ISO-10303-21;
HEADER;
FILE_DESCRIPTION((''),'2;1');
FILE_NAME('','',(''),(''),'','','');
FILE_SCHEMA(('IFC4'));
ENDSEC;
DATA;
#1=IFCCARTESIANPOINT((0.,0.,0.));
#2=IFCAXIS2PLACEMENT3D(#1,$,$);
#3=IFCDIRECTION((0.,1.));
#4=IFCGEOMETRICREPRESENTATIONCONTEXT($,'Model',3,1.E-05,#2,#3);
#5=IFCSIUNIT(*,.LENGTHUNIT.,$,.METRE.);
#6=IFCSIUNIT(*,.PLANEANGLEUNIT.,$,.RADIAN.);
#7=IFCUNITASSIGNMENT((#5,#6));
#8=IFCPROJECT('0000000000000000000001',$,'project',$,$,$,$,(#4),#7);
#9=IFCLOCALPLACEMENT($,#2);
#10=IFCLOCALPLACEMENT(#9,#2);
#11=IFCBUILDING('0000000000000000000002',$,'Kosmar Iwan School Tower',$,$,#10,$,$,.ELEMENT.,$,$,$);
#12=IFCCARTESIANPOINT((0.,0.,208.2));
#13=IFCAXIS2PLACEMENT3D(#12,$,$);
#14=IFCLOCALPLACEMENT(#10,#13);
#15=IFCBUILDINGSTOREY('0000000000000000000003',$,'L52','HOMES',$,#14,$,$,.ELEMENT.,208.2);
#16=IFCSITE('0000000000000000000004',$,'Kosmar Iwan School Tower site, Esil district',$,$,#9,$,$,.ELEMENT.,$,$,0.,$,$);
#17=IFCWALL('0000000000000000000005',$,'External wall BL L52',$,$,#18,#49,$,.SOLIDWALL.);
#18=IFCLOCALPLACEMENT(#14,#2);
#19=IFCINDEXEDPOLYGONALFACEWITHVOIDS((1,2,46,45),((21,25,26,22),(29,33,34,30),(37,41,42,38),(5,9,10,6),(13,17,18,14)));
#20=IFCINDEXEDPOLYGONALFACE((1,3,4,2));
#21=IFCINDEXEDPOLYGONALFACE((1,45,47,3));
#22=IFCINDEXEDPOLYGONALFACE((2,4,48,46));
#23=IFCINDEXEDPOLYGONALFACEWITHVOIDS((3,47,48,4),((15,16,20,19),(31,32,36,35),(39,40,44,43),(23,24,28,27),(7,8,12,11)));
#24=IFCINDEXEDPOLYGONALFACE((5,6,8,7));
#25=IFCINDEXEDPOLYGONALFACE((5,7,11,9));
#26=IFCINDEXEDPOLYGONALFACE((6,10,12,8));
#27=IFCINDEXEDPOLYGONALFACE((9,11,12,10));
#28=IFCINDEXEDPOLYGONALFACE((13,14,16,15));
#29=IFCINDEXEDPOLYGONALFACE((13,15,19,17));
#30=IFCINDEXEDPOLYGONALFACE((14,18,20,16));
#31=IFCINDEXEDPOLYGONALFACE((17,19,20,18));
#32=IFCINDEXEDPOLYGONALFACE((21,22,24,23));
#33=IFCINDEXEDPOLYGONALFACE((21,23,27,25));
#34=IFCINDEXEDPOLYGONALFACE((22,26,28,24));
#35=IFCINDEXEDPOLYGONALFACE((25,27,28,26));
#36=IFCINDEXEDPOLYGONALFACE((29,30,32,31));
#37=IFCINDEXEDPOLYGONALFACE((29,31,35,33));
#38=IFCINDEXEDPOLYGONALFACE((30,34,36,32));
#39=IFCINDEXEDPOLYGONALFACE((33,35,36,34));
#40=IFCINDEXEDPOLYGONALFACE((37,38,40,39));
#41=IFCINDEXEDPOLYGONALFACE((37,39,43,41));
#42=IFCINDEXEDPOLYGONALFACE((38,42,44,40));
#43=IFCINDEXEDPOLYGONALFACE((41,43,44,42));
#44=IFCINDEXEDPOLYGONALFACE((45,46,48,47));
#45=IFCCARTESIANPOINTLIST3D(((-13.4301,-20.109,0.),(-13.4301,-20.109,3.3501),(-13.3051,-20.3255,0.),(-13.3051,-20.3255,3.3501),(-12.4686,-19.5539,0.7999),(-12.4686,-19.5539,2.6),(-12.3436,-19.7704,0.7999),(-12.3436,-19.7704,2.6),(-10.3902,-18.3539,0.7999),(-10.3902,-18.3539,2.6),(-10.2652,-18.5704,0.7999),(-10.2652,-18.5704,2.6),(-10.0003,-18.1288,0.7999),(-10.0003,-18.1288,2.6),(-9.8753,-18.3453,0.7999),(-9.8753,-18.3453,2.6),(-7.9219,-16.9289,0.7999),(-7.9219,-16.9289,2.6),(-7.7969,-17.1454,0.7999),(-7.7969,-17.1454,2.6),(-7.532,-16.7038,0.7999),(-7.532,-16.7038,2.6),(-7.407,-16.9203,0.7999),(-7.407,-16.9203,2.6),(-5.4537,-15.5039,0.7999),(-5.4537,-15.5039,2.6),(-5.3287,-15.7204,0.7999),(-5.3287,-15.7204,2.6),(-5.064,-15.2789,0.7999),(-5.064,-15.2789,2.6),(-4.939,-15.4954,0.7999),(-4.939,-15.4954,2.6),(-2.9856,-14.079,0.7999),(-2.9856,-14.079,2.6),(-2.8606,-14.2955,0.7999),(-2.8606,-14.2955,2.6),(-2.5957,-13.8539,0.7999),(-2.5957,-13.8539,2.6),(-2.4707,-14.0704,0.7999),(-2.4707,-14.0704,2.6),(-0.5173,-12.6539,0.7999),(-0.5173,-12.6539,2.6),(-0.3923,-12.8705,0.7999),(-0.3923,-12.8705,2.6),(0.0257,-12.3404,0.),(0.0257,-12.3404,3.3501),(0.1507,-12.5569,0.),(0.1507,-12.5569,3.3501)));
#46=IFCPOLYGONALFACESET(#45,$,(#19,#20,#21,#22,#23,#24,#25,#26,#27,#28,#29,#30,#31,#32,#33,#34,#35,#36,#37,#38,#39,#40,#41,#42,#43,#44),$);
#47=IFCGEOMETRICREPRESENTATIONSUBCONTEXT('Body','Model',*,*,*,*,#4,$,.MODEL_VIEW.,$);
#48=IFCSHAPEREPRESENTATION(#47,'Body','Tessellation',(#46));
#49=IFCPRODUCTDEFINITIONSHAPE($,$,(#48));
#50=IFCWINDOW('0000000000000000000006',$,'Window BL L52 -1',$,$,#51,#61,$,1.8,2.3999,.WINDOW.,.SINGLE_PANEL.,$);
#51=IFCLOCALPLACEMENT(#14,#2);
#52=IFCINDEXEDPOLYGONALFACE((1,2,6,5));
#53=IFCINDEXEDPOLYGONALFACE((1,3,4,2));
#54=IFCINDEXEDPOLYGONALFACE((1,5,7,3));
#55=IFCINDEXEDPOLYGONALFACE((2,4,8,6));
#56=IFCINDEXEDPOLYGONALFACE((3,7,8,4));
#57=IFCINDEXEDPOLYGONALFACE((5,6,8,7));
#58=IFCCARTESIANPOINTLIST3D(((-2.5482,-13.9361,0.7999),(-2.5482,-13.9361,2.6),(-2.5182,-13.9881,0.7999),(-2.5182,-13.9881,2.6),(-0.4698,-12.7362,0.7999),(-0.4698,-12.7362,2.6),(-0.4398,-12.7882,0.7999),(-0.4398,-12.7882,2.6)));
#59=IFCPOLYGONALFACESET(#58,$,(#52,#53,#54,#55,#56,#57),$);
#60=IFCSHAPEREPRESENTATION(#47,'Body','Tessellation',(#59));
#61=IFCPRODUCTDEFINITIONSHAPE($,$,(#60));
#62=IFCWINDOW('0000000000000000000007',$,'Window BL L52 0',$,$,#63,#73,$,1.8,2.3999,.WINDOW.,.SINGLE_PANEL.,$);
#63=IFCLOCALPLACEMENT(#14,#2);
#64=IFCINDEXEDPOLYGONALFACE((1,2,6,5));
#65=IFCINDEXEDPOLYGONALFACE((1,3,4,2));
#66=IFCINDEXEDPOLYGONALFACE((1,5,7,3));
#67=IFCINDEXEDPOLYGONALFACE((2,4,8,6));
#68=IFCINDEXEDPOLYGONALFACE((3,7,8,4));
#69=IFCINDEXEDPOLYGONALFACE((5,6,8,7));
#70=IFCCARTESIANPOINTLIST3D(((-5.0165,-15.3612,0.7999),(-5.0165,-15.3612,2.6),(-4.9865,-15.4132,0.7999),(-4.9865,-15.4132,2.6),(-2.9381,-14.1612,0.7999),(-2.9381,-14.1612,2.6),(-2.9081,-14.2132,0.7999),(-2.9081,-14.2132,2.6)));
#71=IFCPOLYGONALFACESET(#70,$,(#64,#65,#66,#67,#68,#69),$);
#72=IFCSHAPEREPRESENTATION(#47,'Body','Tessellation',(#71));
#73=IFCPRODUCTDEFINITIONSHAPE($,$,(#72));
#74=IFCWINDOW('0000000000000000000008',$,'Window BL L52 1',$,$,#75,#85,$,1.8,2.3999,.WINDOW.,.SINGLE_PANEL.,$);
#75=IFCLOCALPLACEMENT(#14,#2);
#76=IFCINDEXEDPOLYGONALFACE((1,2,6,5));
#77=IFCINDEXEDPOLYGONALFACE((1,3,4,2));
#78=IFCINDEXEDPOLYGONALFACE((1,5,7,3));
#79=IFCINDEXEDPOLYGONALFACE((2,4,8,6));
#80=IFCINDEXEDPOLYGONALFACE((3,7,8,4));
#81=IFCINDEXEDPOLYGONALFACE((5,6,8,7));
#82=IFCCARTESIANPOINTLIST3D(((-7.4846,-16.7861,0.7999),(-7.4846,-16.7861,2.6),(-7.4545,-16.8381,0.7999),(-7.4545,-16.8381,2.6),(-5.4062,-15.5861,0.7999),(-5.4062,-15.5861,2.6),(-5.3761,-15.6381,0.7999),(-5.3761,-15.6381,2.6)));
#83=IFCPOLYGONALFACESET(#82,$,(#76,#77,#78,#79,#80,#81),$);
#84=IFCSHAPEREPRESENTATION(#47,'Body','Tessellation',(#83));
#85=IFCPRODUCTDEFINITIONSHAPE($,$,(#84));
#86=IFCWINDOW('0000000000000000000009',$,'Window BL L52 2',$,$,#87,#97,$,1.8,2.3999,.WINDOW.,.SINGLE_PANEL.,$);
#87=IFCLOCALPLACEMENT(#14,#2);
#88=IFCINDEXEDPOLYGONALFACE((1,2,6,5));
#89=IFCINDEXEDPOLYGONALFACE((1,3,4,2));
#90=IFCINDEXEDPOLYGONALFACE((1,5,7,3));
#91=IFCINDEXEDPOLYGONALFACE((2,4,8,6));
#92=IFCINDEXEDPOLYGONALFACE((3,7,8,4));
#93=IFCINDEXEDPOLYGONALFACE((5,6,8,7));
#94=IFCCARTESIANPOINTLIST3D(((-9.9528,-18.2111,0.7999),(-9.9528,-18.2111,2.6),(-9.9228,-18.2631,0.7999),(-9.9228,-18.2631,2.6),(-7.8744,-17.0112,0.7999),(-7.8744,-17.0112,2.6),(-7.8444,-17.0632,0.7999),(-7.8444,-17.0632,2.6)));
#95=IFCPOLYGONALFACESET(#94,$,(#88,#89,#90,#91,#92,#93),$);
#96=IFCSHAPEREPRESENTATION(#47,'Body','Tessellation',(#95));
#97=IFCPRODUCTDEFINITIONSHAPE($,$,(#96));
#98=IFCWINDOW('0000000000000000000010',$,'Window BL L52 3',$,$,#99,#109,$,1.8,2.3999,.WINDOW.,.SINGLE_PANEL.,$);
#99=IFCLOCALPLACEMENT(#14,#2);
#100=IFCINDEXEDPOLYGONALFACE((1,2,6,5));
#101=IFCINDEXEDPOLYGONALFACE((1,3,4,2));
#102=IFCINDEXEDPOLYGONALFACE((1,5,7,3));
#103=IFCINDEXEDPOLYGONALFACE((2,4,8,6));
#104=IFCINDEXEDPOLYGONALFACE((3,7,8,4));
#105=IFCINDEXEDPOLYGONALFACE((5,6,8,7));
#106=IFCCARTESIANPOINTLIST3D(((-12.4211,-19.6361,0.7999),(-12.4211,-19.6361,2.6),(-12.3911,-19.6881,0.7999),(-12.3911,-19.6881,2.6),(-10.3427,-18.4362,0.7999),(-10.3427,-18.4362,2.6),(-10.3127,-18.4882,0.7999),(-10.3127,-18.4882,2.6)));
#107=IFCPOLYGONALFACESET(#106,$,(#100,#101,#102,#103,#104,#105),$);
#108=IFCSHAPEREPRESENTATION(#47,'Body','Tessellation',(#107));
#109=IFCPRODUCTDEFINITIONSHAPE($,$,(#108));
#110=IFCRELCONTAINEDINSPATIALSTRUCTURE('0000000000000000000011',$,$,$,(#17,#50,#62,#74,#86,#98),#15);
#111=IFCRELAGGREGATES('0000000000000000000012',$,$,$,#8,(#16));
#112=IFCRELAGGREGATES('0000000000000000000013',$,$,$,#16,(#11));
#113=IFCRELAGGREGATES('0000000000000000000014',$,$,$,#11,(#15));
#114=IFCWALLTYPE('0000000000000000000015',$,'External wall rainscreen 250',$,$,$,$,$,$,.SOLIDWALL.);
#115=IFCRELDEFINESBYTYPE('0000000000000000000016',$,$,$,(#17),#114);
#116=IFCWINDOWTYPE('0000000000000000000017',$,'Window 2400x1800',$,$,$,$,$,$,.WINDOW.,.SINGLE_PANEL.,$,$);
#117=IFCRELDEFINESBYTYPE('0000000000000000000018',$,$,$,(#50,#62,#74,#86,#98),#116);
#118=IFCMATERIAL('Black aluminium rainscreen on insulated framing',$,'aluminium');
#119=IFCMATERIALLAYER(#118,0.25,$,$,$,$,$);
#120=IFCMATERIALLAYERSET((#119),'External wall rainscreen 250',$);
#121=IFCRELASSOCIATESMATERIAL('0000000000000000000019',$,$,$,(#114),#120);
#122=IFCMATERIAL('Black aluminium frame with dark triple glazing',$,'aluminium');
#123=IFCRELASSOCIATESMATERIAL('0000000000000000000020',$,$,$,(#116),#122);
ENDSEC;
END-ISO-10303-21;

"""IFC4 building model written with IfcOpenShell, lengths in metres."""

from ifc_helpers import new_model, si_unit, direction, frame, frame_2d, origin, place, context, subcontext, project, spatial, rectangle, extrude, material, layer, layer_set, type_object, element, fill, save


model = new_model("IFC4")

# Units and contexts
model_context = context("Model", 3, precision=1e-05, world=origin(), true_north=direction((0.0, 1.0)))
body_context = subcontext(model_context, "Body", "Model", "MODEL_VIEW")
ifc_project = project(units=[si_unit("LENGTHUNIT", "METRE"), si_unit("PLANEANGLEUNIT", "RADIAN")], contexts=[model_context])

# Site, building, storey
site_placement = place(None, origin())
site = spatial("IfcSite", under=ifc_project, at=site_placement, Name="Kosmar Iwan School Tower site, Esil district", CompositionType="ELEMENT", RefElevation=0.0)
building_placement = place(site_placement, origin())
building = spatial("IfcBuilding", under=site, at=building_placement, Name="Kosmar Iwan School Tower", CompositionType="ELEMENT")
storey_placement = place(building_placement, frame((0.0, 0.0, 208.2)))
storey = spatial("IfcBuildingStorey", under=building, at=storey_placement, Name="L52", Description="HOMES", CompositionType="ELEMENT", Elevation=208.2)

# Wall, openings, windows
ifc_material_1 = material(Name="Black aluminium rainscreen on insulated framing", Category="aluminium")
ifc_layer_1 = layer(ifc_material_1, 0.25)
ifc_layer_set_1 = layer_set([ifc_layer_1], Name="External wall rainscreen 250")
wall_type_1 = type_object("IfcWallType", Name="External wall rainscreen 250", PredefinedType="SOLIDWALL", material=ifc_layer_set_1)
wall_1_placement = place(storey_placement, frame((0.0881, -12.4487, 0.0), z_axis=(0.0, 0.0, 1.0), x_axis=(-0.86603, -0.499992, 0.0)))
wall_1 = element("IfcWall", 1, at=wall_1_placement, inside=storey, type_object=wall_type_1, Name="External wall BL L52", PredefinedType="SOLIDWALL", context=body_context, shape_type="SweptSolid", body=[
    extrude(rectangle(XDim=15.5374, YDim=0.25, at=frame_2d((7.7686, 0.0))), origin(), (0.0, 0.0, 1.0), 3.3501),
])
opening_1_placement = place(wall_1_placement, frame((0.627, 0.0, 0.8)))
opening_1 = element("IfcOpeningElement", 2, at=opening_1_placement, cuts=wall_1, PredefinedType="OPENING", context=body_context, shape_type="SweptSolid", body=[
    extrude(rectangle(XDim=2.3999, YDim=1.8, at=frame_2d((1.2, 0.8999))), frame((0.0, 0.137, 0.0), z_axis=(0.0, -1.0, 0.0), x_axis=(1.0, 0.0, 0.0)), (0.0, 0.0, 1.0), 0.2739),
])
opening_2_placement = place(wall_1_placement, frame((3.4771, 0.0, 0.8)))
opening_2 = element("IfcOpeningElement", 3, at=opening_2_placement, cuts=wall_1, PredefinedType="OPENING", context=body_context, shape_type="SweptSolid", body=[
    extrude(rectangle(XDim=2.3999, YDim=1.8, at=frame_2d((1.2, 0.8999))), frame((0.0, 0.137, 0.0), z_axis=(0.0, -1.0, 0.0), x_axis=(1.0, 0.0, 0.0)), (0.0, 0.0, 1.0), 0.2739),
])
opening_3_placement = place(wall_1_placement, frame((6.3269, 0.0, 0.8)))
opening_3 = element("IfcOpeningElement", 4, at=opening_3_placement, cuts=wall_1, PredefinedType="OPENING", context=body_context, shape_type="SweptSolid", body=[
    extrude(rectangle(XDim=2.3999, YDim=1.8, at=frame_2d((1.2, 0.8999))), frame((0.0, 0.137, 0.0), z_axis=(0.0, -1.0, 0.0), x_axis=(1.0, 0.0, 0.0)), (0.0, 0.0, 1.0), 0.2739),
])
opening_4_placement = place(wall_1_placement, frame((9.177, 0.0, 0.8)))
opening_4 = element("IfcOpeningElement", 5, at=opening_4_placement, cuts=wall_1, PredefinedType="OPENING", context=body_context, shape_type="SweptSolid", body=[
    extrude(rectangle(XDim=2.3999, YDim=1.8, at=frame_2d((1.2, 0.8999))), frame((0.0, 0.137, 0.0), z_axis=(0.0, -1.0, 0.0), x_axis=(1.0, 0.0, 0.0)), (0.0, 0.0, 1.0), 0.2739),
])
opening_5_placement = place(wall_1_placement, frame((12.0271, 0.0, 0.8)))
opening_5 = element("IfcOpeningElement", 6, at=opening_5_placement, cuts=wall_1, PredefinedType="OPENING", context=body_context, shape_type="SweptSolid", body=[
    extrude(rectangle(XDim=2.3999, YDim=1.8, at=frame_2d((1.2, 0.8999))), frame((0.0, 0.137, 0.0), z_axis=(0.0, -1.0, 0.0), x_axis=(1.0, 0.0, 0.0)), (0.0, 0.0, 1.0), 0.2739),
])
ifc_material_2 = material(Name="Black aluminium frame with dark triple glazing", Category="aluminium")
window_type = type_object("IfcWindowType", Name="Window 2400x1800", PartitioningType="SINGLE_PANEL", PredefinedType="WINDOW", material=ifc_material_2)
window_1_placement = place(opening_1_placement, origin())
window_1 = element("IfcWindow", 7, at=window_1_placement, inside=storey, type_object=window_type, Name="Window BL L52 -1", OverallHeight=1.8, OverallWidth=2.3999, PartitioningType="SINGLE_PANEL", PredefinedType="WINDOW", context=body_context, shape_type="SweptSolid", body=[
    extrude(rectangle(XDim=2.3999, YDim=1.8, at=frame_2d((1.2, 0.8999))), frame((0.0, 0.03, 0.0), z_axis=(0.0, -1.0, 0.0), x_axis=(1.0, 0.0, 0.0)), (0.0, 0.0, 1.0), 0.0601),
])
fill(opening_1, window_1)
window_2_placement = place(opening_2_placement, origin())
window_2 = element("IfcWindow", 8, at=window_2_placement, inside=storey, type_object=window_type, Name="Window BL L52 0", OverallHeight=1.8, OverallWidth=2.3999, PartitioningType="SINGLE_PANEL", PredefinedType="WINDOW", context=body_context, shape_type="SweptSolid", body=[
    extrude(rectangle(XDim=2.3999, YDim=1.8, at=frame_2d((1.2, 0.8999))), frame((0.0, 0.03, 0.0), z_axis=(0.0, -1.0, 0.0), x_axis=(1.0, 0.0, 0.0)), (0.0, 0.0, 1.0), 0.0601),
])
fill(opening_2, window_2)
window_3_placement = place(opening_3_placement, origin())
window_3 = element("IfcWindow", 9, at=window_3_placement, inside=storey, type_object=window_type, Name="Window BL L52 1", OverallHeight=1.8, OverallWidth=2.3999, PartitioningType="SINGLE_PANEL", PredefinedType="WINDOW", context=body_context, shape_type="SweptSolid", body=[
    extrude(rectangle(XDim=2.3999, YDim=1.8, at=frame_2d((1.2, 0.8999))), frame((0.0, 0.03, 0.0), z_axis=(0.0, -1.0, 0.0), x_axis=(1.0, 0.0, 0.0)), (0.0, 0.0, 1.0), 0.0601),
])
fill(opening_3, window_3)
window_4_placement = place(opening_4_placement, origin())
window_4 = element("IfcWindow", 10, at=window_4_placement, inside=storey, type_object=window_type, Name="Window BL L52 2", OverallHeight=1.8, OverallWidth=2.3999, PartitioningType="SINGLE_PANEL", PredefinedType="WINDOW", context=body_context, shape_type="SweptSolid", body=[
    extrude(rectangle(XDim=2.3999, YDim=1.8, at=frame_2d((1.2, 0.8999))), frame((0.0, 0.03, 0.0), z_axis=(0.0, -1.0, 0.0), x_axis=(1.0, 0.0, 0.0)), (0.0, 0.0, 1.0), 0.0601),
])
fill(opening_4, window_4)
window_5_placement = place(opening_5_placement, origin())
window_5 = element("IfcWindow", 11, at=window_5_placement, inside=storey, type_object=window_type, Name="Window BL L52 3", OverallHeight=1.8, OverallWidth=2.3999, PartitioningType="SINGLE_PANEL", PredefinedType="WINDOW", context=body_context, shape_type="SweptSolid", body=[
    extrude(rectangle(XDim=2.3999, YDim=1.8, at=frame_2d((1.2, 0.8999))), frame((0.0, 0.03, 0.0), z_axis=(0.0, -1.0, 0.0), x_axis=(1.0, 0.0, 0.0)), (0.0, 0.0, 1.0), 0.0601),
])
fill(opening_5, window_5)

save(model, "model.ifc")
